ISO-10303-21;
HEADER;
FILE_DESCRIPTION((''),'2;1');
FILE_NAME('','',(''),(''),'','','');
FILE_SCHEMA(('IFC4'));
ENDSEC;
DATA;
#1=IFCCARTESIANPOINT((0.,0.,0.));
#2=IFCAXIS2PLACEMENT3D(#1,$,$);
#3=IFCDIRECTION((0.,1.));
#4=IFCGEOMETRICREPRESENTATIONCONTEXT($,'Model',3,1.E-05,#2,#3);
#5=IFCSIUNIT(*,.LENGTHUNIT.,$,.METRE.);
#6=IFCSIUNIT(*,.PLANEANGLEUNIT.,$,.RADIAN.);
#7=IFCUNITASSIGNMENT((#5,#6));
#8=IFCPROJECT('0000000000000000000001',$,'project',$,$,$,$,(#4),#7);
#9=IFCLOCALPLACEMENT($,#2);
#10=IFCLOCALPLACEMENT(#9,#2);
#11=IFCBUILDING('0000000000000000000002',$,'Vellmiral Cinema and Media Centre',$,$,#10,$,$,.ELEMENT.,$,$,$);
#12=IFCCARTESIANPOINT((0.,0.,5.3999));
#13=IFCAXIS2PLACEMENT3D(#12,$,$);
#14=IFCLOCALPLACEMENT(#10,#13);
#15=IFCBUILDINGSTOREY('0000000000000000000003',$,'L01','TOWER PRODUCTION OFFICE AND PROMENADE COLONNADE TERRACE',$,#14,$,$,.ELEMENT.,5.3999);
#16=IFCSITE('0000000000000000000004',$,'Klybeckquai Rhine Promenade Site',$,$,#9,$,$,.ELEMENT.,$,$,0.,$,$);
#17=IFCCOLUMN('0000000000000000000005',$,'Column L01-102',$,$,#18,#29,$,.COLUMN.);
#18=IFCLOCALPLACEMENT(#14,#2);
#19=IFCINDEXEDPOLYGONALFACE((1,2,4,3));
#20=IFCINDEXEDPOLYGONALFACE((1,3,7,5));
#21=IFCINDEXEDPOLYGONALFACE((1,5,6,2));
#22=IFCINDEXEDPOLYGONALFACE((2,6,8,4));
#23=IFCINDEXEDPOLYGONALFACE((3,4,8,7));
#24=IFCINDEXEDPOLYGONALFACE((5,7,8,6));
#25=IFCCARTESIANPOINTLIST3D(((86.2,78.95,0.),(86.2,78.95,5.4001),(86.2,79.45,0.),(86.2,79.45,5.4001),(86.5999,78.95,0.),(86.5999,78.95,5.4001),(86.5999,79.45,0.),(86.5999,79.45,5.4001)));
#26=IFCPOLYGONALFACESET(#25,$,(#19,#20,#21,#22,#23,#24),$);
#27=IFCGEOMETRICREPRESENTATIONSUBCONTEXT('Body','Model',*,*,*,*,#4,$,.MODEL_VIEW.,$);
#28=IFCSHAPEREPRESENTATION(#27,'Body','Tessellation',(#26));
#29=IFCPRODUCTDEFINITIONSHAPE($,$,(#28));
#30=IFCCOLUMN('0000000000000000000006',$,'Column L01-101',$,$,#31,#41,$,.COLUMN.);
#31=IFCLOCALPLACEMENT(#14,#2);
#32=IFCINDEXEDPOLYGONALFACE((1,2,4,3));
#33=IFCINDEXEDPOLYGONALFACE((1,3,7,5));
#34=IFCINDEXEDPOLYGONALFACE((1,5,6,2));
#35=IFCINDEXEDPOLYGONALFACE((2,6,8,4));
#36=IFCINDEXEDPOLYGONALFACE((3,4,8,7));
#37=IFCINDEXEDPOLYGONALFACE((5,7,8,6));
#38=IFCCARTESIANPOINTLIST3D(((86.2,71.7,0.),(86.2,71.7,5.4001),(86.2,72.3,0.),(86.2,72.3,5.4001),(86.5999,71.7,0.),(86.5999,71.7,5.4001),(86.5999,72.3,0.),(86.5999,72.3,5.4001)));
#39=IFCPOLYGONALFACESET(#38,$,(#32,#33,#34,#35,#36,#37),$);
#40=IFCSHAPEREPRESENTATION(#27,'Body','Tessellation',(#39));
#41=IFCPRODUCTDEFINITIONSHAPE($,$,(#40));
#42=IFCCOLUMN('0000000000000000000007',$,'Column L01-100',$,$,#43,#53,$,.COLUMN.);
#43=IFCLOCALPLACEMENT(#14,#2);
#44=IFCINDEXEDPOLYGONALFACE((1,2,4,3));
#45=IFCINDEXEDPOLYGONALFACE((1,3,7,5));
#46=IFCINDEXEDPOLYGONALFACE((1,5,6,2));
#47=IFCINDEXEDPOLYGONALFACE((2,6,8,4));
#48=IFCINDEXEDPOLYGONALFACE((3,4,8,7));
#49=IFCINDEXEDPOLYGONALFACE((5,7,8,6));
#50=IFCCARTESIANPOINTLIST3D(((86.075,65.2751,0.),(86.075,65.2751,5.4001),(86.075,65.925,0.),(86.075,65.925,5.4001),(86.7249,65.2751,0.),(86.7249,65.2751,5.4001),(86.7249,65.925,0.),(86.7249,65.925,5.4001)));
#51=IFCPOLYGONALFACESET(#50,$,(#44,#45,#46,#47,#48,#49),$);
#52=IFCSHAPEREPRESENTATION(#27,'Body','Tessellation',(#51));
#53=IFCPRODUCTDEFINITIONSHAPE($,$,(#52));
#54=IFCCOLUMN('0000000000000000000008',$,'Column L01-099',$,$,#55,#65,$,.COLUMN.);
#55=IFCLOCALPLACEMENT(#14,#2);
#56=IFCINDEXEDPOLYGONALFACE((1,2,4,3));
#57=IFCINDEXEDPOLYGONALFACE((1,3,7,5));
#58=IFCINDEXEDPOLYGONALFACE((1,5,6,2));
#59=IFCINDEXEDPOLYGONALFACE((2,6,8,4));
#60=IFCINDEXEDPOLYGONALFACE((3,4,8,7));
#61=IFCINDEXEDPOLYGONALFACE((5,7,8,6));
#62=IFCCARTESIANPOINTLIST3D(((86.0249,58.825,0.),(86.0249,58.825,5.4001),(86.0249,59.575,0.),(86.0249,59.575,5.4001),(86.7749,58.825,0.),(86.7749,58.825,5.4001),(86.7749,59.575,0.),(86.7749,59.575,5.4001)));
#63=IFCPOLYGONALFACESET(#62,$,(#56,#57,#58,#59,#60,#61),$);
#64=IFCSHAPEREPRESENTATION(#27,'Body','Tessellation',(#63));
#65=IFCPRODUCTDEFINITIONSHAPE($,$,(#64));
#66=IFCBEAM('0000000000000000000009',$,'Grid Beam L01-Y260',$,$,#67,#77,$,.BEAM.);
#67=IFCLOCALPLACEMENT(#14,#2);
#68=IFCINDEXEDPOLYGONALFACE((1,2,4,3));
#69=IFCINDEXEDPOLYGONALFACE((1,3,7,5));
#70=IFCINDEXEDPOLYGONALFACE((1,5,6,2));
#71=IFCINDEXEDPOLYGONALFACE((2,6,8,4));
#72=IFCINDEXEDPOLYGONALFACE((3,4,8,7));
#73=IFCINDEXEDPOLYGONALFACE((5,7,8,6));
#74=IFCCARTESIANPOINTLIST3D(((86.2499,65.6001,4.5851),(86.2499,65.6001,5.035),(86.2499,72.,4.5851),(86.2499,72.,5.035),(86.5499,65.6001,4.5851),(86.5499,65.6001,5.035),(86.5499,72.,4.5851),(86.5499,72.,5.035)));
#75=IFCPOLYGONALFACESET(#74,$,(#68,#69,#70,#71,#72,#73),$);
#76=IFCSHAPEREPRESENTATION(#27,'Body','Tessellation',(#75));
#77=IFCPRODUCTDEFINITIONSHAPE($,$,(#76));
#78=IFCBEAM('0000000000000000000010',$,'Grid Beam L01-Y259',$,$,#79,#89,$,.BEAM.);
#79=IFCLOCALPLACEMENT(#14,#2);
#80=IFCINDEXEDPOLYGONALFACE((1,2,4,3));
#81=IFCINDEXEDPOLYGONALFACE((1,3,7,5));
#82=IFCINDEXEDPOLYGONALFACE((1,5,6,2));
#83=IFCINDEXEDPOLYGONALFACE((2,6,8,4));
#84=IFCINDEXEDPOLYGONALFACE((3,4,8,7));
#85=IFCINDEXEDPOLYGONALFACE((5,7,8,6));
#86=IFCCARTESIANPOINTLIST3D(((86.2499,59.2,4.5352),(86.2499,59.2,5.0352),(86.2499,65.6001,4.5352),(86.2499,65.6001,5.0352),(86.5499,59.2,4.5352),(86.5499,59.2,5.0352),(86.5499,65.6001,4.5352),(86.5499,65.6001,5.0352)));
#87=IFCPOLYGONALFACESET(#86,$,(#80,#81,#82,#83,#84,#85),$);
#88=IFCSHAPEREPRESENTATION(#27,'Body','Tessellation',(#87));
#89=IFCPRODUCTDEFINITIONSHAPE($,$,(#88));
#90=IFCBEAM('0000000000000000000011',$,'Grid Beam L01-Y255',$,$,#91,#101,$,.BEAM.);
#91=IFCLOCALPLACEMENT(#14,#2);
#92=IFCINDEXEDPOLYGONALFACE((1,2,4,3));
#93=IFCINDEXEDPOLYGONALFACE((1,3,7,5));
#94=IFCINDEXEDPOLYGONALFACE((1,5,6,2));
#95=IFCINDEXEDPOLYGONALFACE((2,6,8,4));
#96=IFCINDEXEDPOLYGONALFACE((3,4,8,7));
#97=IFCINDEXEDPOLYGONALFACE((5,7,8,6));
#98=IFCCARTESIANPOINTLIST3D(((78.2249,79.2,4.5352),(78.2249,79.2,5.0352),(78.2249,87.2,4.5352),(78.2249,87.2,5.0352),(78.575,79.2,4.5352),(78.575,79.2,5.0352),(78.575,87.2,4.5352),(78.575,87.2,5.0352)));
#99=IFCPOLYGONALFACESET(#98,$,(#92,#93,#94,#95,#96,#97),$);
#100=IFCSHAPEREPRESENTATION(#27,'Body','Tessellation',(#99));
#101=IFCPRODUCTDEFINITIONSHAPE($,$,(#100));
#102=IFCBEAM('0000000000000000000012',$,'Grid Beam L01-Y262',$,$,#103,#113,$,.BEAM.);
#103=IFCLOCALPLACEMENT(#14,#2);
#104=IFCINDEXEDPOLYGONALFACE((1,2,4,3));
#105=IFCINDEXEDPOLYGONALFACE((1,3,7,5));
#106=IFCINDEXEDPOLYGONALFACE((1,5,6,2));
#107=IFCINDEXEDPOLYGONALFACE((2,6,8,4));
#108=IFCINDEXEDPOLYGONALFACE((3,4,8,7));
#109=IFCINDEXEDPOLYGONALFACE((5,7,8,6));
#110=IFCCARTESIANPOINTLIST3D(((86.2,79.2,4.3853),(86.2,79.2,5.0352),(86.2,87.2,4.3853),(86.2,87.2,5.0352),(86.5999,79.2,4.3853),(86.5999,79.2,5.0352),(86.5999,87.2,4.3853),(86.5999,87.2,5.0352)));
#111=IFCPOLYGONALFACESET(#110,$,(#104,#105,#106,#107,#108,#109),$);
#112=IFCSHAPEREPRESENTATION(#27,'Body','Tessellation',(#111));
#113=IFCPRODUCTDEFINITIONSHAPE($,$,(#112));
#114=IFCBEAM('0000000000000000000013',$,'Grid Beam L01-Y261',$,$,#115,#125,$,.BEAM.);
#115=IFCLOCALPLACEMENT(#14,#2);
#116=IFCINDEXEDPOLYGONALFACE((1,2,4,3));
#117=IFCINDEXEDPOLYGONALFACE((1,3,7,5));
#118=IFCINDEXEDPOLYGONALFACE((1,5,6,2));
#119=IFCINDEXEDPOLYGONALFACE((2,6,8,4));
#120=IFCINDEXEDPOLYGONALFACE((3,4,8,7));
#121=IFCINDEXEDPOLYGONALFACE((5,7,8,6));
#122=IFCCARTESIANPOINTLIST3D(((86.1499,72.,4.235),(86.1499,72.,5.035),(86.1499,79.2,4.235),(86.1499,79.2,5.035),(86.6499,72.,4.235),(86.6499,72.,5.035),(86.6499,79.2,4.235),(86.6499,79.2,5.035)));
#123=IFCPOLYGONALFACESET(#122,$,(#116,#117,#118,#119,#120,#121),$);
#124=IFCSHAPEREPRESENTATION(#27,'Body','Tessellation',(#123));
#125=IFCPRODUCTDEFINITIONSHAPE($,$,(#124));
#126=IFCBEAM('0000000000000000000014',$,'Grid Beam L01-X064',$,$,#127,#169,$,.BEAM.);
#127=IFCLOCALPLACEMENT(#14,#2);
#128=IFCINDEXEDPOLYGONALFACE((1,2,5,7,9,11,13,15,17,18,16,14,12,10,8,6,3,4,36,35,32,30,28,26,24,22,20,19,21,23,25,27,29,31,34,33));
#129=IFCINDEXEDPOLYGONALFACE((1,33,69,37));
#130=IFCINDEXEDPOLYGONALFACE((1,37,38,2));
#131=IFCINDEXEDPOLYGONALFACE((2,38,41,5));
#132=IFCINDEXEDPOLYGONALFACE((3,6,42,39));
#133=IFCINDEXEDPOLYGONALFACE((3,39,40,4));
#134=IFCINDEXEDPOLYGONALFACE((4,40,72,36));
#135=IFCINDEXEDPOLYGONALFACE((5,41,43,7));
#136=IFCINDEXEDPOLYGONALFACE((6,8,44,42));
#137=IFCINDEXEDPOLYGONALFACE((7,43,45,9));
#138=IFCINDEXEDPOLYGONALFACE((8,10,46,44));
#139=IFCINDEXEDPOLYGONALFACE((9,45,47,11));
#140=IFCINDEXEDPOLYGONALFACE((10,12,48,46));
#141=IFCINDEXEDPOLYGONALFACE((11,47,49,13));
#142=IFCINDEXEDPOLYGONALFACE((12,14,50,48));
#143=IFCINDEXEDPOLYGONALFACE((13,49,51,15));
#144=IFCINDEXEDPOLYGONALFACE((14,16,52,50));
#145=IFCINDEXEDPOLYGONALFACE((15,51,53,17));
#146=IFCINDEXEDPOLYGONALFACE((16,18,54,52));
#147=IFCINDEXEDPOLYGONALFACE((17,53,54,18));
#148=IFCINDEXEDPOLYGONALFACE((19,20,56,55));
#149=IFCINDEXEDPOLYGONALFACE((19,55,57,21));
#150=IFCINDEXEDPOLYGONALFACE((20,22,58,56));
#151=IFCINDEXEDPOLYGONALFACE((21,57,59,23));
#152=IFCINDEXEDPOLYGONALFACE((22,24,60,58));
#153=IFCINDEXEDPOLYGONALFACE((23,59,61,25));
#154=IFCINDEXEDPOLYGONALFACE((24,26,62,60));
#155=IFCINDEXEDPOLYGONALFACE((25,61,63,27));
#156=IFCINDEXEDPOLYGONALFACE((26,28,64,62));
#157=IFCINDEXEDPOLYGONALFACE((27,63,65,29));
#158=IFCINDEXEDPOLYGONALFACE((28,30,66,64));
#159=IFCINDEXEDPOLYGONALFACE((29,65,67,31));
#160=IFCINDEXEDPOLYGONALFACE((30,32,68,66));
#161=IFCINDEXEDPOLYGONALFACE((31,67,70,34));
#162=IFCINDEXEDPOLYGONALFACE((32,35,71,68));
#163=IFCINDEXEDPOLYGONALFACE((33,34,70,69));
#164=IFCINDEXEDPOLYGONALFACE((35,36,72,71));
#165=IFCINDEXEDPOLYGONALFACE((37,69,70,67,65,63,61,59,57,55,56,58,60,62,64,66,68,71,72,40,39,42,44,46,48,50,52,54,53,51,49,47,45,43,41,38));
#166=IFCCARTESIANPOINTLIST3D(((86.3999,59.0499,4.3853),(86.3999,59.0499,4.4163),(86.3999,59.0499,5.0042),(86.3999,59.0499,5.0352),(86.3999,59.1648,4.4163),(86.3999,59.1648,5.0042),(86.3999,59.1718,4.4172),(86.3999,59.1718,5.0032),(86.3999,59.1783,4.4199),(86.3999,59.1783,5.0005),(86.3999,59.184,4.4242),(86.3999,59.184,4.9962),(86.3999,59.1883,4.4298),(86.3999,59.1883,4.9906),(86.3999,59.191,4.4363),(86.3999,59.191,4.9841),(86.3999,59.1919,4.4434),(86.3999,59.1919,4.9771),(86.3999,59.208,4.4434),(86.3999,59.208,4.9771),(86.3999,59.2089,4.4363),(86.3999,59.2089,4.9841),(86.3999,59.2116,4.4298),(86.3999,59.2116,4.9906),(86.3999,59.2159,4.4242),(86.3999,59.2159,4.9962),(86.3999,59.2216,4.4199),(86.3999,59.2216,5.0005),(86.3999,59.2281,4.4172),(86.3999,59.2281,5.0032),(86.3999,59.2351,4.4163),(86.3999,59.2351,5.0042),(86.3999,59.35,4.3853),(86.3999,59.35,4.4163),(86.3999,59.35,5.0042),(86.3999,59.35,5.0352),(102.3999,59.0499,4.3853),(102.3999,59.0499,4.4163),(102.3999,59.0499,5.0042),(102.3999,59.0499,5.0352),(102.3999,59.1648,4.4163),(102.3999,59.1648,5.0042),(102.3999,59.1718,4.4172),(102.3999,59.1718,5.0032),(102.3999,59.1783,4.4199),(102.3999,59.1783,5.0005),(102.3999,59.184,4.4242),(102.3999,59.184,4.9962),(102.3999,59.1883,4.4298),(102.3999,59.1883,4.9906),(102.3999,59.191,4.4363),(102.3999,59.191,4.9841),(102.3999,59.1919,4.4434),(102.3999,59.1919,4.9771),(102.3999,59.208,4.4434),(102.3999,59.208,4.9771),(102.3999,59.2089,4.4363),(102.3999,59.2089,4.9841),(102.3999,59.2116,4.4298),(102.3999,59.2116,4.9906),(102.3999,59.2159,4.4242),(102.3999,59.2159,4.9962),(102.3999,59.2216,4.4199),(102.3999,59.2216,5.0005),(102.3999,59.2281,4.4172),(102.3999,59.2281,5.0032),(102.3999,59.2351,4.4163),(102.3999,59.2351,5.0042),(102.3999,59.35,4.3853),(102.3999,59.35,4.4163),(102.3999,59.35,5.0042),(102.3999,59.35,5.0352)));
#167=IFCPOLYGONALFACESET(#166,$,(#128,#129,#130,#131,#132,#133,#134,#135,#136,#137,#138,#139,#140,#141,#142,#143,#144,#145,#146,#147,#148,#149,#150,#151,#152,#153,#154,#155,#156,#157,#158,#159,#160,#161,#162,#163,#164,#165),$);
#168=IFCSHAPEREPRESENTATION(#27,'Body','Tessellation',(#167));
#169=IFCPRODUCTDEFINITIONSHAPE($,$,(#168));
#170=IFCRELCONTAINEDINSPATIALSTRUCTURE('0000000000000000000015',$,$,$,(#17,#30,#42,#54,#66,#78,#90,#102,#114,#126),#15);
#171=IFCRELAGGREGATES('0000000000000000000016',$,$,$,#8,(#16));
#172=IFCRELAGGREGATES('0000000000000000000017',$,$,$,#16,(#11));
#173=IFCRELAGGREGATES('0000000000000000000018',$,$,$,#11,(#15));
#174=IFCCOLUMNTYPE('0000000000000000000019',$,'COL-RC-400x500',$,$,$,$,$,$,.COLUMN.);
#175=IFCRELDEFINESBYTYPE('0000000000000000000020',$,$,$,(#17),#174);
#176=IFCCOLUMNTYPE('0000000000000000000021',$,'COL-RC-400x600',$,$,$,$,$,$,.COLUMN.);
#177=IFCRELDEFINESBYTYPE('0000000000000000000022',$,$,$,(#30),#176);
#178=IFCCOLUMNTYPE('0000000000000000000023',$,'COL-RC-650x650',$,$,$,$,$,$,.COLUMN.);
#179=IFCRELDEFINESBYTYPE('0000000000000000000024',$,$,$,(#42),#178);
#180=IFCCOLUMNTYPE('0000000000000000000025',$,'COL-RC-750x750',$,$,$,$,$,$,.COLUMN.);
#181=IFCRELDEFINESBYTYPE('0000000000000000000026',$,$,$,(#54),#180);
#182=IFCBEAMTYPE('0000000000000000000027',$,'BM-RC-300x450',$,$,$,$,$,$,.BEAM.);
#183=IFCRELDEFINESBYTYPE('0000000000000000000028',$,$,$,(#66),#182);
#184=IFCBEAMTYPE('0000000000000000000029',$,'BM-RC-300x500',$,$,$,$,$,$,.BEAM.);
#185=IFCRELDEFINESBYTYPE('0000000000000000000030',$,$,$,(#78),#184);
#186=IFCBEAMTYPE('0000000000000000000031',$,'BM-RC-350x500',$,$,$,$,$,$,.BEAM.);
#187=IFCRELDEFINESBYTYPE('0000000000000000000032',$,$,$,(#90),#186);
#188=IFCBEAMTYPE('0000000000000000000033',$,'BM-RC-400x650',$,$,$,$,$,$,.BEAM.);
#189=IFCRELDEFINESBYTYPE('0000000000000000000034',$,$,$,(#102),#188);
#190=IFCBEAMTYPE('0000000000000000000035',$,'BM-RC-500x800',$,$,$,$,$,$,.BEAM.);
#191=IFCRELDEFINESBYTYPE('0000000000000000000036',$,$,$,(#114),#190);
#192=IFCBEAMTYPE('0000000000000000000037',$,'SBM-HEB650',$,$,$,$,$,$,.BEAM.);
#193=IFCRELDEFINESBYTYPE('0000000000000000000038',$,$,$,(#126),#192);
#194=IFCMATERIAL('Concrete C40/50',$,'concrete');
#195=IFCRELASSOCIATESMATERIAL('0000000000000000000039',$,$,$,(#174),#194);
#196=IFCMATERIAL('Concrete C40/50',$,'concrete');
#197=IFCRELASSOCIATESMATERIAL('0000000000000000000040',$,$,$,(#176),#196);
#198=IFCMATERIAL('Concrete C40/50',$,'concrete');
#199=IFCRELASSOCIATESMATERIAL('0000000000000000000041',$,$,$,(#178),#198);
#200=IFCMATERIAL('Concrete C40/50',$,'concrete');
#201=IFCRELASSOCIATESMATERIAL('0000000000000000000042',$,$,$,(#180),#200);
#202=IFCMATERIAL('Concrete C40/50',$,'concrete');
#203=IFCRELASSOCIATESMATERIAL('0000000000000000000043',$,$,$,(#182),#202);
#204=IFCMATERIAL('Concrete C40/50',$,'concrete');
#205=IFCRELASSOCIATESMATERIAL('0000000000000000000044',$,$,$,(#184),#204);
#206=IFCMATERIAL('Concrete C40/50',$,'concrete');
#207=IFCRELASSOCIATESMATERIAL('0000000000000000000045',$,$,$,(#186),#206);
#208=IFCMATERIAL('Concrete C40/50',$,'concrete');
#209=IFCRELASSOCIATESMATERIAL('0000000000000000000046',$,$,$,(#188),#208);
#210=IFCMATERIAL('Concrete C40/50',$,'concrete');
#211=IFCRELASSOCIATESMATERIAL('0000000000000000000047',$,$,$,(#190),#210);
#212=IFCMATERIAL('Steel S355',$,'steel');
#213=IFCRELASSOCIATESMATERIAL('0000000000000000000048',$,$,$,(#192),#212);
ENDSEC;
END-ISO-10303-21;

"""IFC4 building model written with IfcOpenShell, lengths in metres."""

from ifc_helpers import new_model, si_unit, direction, frame, origin, origin_2d, place, context, subcontext, project, spatial, rectangle, i_section, extrude, material, material_profile, profile_set, type_object, element, save


model = new_model("IFC4")

# Units and contexts
model_context = context("Model", 3, precision=1e-05, world=origin(), true_north=direction((0.0, 1.0)))
body_context = subcontext(model_context, "Body", "Model", "MODEL_VIEW")
ifc_project = project(units=[si_unit("LENGTHUNIT", "METRE"), si_unit("PLANEANGLEUNIT", "RADIAN")], contexts=[model_context])

# Site, building, storey
site_placement = place(None, origin())
site = spatial("IfcSite", under=ifc_project, at=site_placement, Name="Klybeckquai Rhine Promenade Site", CompositionType="ELEMENT", RefElevation=0.0)
building_placement = place(site_placement, origin())
building = spatial("IfcBuilding", under=site, at=building_placement, Name="Vellmiral Cinema and Media Centre", CompositionType="ELEMENT")
storey_placement = place(building_placement, frame((0.0, 0.0, 5.3999)))
storey = spatial("IfcBuildingStorey", under=building, at=storey_placement, Name="L01", Description="TOWER PRODUCTION OFFICE AND PROMENADE COLONNADE TERRACE", CompositionType="ELEMENT", Elevation=5.3999)

# Columns
ifc_material_1 = material(Name="Concrete C40/50", Category="concrete")
ifc_material_profile_1 = material_profile(ifc_material_1, rectangle(XDim=0.3999, YDim=0.5, at=origin_2d()), Name="RC 400x500")
ifc_profile_set_1 = profile_set([ifc_material_profile_1], Name="Concrete C40/50")
column_type_1 = type_object("IfcColumnType", Name="COL-RC-400x500", PredefinedType="COLUMN", material=ifc_profile_set_1)
column_1_placement = place(storey_placement, frame((86.3999, 79.2, 0.0), z_axis=(0.0, 0.0, 1.0), x_axis=(1.0, 0.0, 0.0)))
element("IfcColumn", 1, at=column_1_placement, inside=storey, type_object=column_type_1, Name="Column L01-102", PredefinedType="COLUMN", context=body_context, shape_type="SweptSolid", body=[
    extrude(rectangle(XDim=0.3999, YDim=0.5, at=origin_2d()), origin(), (0.0, 0.0, 1.0), 5.4001),
])
ifc_material_2 = material(Name="Concrete C40/50", Category="concrete")
ifc_material_profile_2 = material_profile(ifc_material_2, rectangle(XDim=0.3999, YDim=0.6001, at=origin_2d()), Name="RC 400x600")
ifc_profile_set_2 = profile_set([ifc_material_profile_2], Name="Concrete C40/50")
column_type_2 = type_object("IfcColumnType", Name="COL-RC-400x600", PredefinedType="COLUMN", material=ifc_profile_set_2)
column_2_placement = place(storey_placement, frame((86.3999, 72.0, 0.0), z_axis=(0.0, 0.0, 1.0), x_axis=(1.0, 0.0, 0.0)))
element("IfcColumn", 2, at=column_2_placement, inside=storey, type_object=column_type_2, Name="Column L01-101", PredefinedType="COLUMN", context=body_context, shape_type="SweptSolid", body=[
    extrude(rectangle(XDim=0.3999, YDim=0.6001, at=origin_2d()), origin(), (0.0, 0.0, 1.0), 5.4001),
])
ifc_material_3 = material(Name="Concrete C40/50", Category="concrete")
ifc_material_profile_3 = material_profile(ifc_material_3, rectangle(XDim=0.6499, YDim=0.6499, at=origin_2d()), Name="RC 650x650")
ifc_profile_set_3 = profile_set([ifc_material_profile_3], Name="Concrete C40/50")
column_type_3 = type_object("IfcColumnType", Name="COL-RC-650x650", PredefinedType="COLUMN", material=ifc_profile_set_3)
column_3_placement = place(storey_placement, frame((86.3999, 65.6001, 0.0), z_axis=(0.0, 0.0, 1.0), x_axis=(1.0, 0.0, 0.0)))
element("IfcColumn", 3, at=column_3_placement, inside=storey, type_object=column_type_3, Name="Column L01-100", PredefinedType="COLUMN", context=body_context, shape_type="SweptSolid", body=[
    extrude(rectangle(XDim=0.6499, YDim=0.6499, at=origin_2d()), origin(), (0.0, 0.0, 1.0), 5.4001),
])
ifc_material_4 = material(Name="Concrete C40/50", Category="concrete")
ifc_material_profile_4 = material_profile(ifc_material_4, rectangle(XDim=0.75, YDim=0.75, at=origin_2d()), Name="RC 750x750")
ifc_profile_set_4 = profile_set([ifc_material_profile_4], Name="Concrete C40/50")
column_type_4 = type_object("IfcColumnType", Name="COL-RC-750x750", PredefinedType="COLUMN", material=ifc_profile_set_4)
column_4_placement = place(storey_placement, frame((86.3999, 59.2, 0.0), z_axis=(0.0, 0.0, 1.0), x_axis=(1.0, 0.0, 0.0)))
element("IfcColumn", 4, at=column_4_placement, inside=storey, type_object=column_type_4, Name="Column L01-099", PredefinedType="COLUMN", context=body_context, shape_type="SweptSolid", body=[
    extrude(rectangle(XDim=0.75, YDim=0.75, at=origin_2d()), origin(), (0.0, 0.0, 1.0), 5.4001),
])

# Beams
ifc_material_5 = material(Name="Concrete C40/50", Category="concrete")
ifc_material_profile_5 = material_profile(ifc_material_5, rectangle(XDim=0.3, YDim=0.45, at=origin_2d()), Name="RC 300x450")
ifc_profile_set_5 = profile_set([ifc_material_profile_5], Name="Concrete C40/50")
beam_type_1 = type_object("IfcBeamType", Name="BM-RC-300x450", PredefinedType="BEAM", material=ifc_profile_set_5)
beam_1_placement = place(storey_placement, frame((86.3999, 65.6001, 4.8101), z_axis=(0.0, 1.0, 0.0), x_axis=(-1.0, 0.0, 0.0)))
element("IfcBeam", 5, at=beam_1_placement, inside=storey, type_object=beam_type_1, Name="Grid Beam L01-Y260", PredefinedType="BEAM", context=body_context, shape_type="SweptSolid", body=[
    extrude(rectangle(XDim=0.3, YDim=0.45, at=origin_2d()), origin(), (0.0, 0.0, 1.0), 6.3999),
])
ifc_material_6 = material(Name="Concrete C40/50", Category="concrete")
ifc_material_profile_6 = material_profile(ifc_material_6, rectangle(XDim=0.3, YDim=0.5, at=origin_2d()), Name="RC 300x500")
ifc_profile_set_6 = profile_set([ifc_material_profile_6], Name="Concrete C40/50")
beam_type_2 = type_object("IfcBeamType", Name="BM-RC-300x500", PredefinedType="BEAM", material=ifc_profile_set_6)
beam_2_placement = place(storey_placement, frame((86.3999, 59.2, 4.7852), z_axis=(0.0, 1.0, 0.0), x_axis=(-1.0, 0.0, 0.0)))
element("IfcBeam", 6, at=beam_2_placement, inside=storey, type_object=beam_type_2, Name="Grid Beam L01-Y259", PredefinedType="BEAM", context=body_context, shape_type="SweptSolid", body=[
    extrude(rectangle(XDim=0.3, YDim=0.5, at=origin_2d()), origin(), (0.0, 0.0, 1.0), 6.4001),
])
ifc_material_7 = material(Name="Concrete C40/50", Category="concrete")
ifc_material_profile_7 = material_profile(ifc_material_7, rectangle(XDim=0.3501, YDim=0.5, at=origin_2d()), Name="RC 350x500")
ifc_profile_set_7 = profile_set([ifc_material_profile_7], Name="Concrete C40/50")
beam_type_3 = type_object("IfcBeamType", Name="BM-RC-350x500", PredefinedType="BEAM", material=ifc_profile_set_7)
beam_3_placement = place(storey_placement, frame((78.3999, 79.2, 4.7852), z_axis=(0.0, 1.0, 0.0), x_axis=(-1.0, 0.0, 0.0)))
element("IfcBeam", 7, at=beam_3_placement, inside=storey, type_object=beam_type_3, Name="Grid Beam L01-Y255", PredefinedType="BEAM", context=body_context, shape_type="SweptSolid", body=[
    extrude(rectangle(XDim=0.3501, YDim=0.5, at=origin_2d()), origin(), (0.0, 0.0, 1.0), 8.0),
])
ifc_material_8 = material(Name="Concrete C40/50", Category="concrete")
ifc_material_profile_8 = material_profile(ifc_material_8, rectangle(XDim=0.3999, YDim=0.6499, at=origin_2d()), Name="RC 400x650")
ifc_profile_set_8 = profile_set([ifc_material_profile_8], Name="Concrete C40/50")
beam_type_4 = type_object("IfcBeamType", Name="BM-RC-400x650", PredefinedType="BEAM", material=ifc_profile_set_8)
beam_4_placement = place(storey_placement, frame((86.3999, 79.2, 4.7102), z_axis=(0.0, 1.0, 0.0), x_axis=(-1.0, 0.0, 0.0)))
element("IfcBeam", 8, at=beam_4_placement, inside=storey, type_object=beam_type_4, Name="Grid Beam L01-Y262", PredefinedType="BEAM", context=body_context, shape_type="SweptSolid", body=[
    extrude(rectangle(XDim=0.3999, YDim=0.6499, at=origin_2d()), origin(), (0.0, 0.0, 1.0), 8.0),
])
ifc_material_9 = material(Name="Concrete C40/50", Category="concrete")
ifc_material_profile_9 = material_profile(ifc_material_9, rectangle(XDim=0.5, YDim=0.8, at=origin_2d()), Name="RC 500x800")
ifc_profile_set_9 = profile_set([ifc_material_profile_9], Name="Concrete C40/50")
beam_type_5 = type_object("IfcBeamType", Name="BM-RC-500x800", PredefinedType="BEAM", material=ifc_profile_set_9)
beam_5_placement = place(storey_placement, frame((86.3999, 72.0, 4.635), z_axis=(0.0, 1.0, 0.0), x_axis=(-1.0, 0.0, 0.0)))
element("IfcBeam", 9, at=beam_5_placement, inside=storey, type_object=beam_type_5, Name="Grid Beam L01-Y261", PredefinedType="BEAM", context=body_context, shape_type="SweptSolid", body=[
    extrude(rectangle(XDim=0.5, YDim=0.8, at=origin_2d()), origin(), (0.0, 0.0, 1.0), 7.2),
])
ifc_material_10 = material(Name="Steel S355", Category="steel")
ifc_material_profile_10 = material_profile(ifc_material_10, i_section(OverallWidth=0.3, OverallDepth=0.6499, WebThickness=0.0161, FlangeThickness=0.031, FilletRadius=0.0271, at=origin_2d()), Name="HEB 650")
ifc_profile_set_10 = profile_set([ifc_material_profile_10], Name="Steel S355")
beam_type_6 = type_object("IfcBeamType", Name="SBM-HEB650", PredefinedType="BEAM", material=ifc_profile_set_10)
for number, where, z_axis, x_axis, name in (
    (10, (86.3999, 59.2, 4.7102), (1.0, 0.0, 0.0), (0.0, 1.0, 0.0), "Grid Beam L01-X064"),
):
    element("IfcBeam", number, at=place(storey_placement, frame(where, z_axis=z_axis, x_axis=x_axis)), inside=storey, type_object=beam_type_6, Name=name, PredefinedType="BEAM", context=body_context, shape_type="SweptSolid", body=[
        extrude(i_section(OverallWidth=0.3, OverallDepth=0.6499, WebThickness=0.0161, FlangeThickness=0.031, FilletRadius=0.0271, at=origin_2d()), origin(), (0.0, 0.0, 1.0), 16.0),
    ])

save(model, "model.ifc")
